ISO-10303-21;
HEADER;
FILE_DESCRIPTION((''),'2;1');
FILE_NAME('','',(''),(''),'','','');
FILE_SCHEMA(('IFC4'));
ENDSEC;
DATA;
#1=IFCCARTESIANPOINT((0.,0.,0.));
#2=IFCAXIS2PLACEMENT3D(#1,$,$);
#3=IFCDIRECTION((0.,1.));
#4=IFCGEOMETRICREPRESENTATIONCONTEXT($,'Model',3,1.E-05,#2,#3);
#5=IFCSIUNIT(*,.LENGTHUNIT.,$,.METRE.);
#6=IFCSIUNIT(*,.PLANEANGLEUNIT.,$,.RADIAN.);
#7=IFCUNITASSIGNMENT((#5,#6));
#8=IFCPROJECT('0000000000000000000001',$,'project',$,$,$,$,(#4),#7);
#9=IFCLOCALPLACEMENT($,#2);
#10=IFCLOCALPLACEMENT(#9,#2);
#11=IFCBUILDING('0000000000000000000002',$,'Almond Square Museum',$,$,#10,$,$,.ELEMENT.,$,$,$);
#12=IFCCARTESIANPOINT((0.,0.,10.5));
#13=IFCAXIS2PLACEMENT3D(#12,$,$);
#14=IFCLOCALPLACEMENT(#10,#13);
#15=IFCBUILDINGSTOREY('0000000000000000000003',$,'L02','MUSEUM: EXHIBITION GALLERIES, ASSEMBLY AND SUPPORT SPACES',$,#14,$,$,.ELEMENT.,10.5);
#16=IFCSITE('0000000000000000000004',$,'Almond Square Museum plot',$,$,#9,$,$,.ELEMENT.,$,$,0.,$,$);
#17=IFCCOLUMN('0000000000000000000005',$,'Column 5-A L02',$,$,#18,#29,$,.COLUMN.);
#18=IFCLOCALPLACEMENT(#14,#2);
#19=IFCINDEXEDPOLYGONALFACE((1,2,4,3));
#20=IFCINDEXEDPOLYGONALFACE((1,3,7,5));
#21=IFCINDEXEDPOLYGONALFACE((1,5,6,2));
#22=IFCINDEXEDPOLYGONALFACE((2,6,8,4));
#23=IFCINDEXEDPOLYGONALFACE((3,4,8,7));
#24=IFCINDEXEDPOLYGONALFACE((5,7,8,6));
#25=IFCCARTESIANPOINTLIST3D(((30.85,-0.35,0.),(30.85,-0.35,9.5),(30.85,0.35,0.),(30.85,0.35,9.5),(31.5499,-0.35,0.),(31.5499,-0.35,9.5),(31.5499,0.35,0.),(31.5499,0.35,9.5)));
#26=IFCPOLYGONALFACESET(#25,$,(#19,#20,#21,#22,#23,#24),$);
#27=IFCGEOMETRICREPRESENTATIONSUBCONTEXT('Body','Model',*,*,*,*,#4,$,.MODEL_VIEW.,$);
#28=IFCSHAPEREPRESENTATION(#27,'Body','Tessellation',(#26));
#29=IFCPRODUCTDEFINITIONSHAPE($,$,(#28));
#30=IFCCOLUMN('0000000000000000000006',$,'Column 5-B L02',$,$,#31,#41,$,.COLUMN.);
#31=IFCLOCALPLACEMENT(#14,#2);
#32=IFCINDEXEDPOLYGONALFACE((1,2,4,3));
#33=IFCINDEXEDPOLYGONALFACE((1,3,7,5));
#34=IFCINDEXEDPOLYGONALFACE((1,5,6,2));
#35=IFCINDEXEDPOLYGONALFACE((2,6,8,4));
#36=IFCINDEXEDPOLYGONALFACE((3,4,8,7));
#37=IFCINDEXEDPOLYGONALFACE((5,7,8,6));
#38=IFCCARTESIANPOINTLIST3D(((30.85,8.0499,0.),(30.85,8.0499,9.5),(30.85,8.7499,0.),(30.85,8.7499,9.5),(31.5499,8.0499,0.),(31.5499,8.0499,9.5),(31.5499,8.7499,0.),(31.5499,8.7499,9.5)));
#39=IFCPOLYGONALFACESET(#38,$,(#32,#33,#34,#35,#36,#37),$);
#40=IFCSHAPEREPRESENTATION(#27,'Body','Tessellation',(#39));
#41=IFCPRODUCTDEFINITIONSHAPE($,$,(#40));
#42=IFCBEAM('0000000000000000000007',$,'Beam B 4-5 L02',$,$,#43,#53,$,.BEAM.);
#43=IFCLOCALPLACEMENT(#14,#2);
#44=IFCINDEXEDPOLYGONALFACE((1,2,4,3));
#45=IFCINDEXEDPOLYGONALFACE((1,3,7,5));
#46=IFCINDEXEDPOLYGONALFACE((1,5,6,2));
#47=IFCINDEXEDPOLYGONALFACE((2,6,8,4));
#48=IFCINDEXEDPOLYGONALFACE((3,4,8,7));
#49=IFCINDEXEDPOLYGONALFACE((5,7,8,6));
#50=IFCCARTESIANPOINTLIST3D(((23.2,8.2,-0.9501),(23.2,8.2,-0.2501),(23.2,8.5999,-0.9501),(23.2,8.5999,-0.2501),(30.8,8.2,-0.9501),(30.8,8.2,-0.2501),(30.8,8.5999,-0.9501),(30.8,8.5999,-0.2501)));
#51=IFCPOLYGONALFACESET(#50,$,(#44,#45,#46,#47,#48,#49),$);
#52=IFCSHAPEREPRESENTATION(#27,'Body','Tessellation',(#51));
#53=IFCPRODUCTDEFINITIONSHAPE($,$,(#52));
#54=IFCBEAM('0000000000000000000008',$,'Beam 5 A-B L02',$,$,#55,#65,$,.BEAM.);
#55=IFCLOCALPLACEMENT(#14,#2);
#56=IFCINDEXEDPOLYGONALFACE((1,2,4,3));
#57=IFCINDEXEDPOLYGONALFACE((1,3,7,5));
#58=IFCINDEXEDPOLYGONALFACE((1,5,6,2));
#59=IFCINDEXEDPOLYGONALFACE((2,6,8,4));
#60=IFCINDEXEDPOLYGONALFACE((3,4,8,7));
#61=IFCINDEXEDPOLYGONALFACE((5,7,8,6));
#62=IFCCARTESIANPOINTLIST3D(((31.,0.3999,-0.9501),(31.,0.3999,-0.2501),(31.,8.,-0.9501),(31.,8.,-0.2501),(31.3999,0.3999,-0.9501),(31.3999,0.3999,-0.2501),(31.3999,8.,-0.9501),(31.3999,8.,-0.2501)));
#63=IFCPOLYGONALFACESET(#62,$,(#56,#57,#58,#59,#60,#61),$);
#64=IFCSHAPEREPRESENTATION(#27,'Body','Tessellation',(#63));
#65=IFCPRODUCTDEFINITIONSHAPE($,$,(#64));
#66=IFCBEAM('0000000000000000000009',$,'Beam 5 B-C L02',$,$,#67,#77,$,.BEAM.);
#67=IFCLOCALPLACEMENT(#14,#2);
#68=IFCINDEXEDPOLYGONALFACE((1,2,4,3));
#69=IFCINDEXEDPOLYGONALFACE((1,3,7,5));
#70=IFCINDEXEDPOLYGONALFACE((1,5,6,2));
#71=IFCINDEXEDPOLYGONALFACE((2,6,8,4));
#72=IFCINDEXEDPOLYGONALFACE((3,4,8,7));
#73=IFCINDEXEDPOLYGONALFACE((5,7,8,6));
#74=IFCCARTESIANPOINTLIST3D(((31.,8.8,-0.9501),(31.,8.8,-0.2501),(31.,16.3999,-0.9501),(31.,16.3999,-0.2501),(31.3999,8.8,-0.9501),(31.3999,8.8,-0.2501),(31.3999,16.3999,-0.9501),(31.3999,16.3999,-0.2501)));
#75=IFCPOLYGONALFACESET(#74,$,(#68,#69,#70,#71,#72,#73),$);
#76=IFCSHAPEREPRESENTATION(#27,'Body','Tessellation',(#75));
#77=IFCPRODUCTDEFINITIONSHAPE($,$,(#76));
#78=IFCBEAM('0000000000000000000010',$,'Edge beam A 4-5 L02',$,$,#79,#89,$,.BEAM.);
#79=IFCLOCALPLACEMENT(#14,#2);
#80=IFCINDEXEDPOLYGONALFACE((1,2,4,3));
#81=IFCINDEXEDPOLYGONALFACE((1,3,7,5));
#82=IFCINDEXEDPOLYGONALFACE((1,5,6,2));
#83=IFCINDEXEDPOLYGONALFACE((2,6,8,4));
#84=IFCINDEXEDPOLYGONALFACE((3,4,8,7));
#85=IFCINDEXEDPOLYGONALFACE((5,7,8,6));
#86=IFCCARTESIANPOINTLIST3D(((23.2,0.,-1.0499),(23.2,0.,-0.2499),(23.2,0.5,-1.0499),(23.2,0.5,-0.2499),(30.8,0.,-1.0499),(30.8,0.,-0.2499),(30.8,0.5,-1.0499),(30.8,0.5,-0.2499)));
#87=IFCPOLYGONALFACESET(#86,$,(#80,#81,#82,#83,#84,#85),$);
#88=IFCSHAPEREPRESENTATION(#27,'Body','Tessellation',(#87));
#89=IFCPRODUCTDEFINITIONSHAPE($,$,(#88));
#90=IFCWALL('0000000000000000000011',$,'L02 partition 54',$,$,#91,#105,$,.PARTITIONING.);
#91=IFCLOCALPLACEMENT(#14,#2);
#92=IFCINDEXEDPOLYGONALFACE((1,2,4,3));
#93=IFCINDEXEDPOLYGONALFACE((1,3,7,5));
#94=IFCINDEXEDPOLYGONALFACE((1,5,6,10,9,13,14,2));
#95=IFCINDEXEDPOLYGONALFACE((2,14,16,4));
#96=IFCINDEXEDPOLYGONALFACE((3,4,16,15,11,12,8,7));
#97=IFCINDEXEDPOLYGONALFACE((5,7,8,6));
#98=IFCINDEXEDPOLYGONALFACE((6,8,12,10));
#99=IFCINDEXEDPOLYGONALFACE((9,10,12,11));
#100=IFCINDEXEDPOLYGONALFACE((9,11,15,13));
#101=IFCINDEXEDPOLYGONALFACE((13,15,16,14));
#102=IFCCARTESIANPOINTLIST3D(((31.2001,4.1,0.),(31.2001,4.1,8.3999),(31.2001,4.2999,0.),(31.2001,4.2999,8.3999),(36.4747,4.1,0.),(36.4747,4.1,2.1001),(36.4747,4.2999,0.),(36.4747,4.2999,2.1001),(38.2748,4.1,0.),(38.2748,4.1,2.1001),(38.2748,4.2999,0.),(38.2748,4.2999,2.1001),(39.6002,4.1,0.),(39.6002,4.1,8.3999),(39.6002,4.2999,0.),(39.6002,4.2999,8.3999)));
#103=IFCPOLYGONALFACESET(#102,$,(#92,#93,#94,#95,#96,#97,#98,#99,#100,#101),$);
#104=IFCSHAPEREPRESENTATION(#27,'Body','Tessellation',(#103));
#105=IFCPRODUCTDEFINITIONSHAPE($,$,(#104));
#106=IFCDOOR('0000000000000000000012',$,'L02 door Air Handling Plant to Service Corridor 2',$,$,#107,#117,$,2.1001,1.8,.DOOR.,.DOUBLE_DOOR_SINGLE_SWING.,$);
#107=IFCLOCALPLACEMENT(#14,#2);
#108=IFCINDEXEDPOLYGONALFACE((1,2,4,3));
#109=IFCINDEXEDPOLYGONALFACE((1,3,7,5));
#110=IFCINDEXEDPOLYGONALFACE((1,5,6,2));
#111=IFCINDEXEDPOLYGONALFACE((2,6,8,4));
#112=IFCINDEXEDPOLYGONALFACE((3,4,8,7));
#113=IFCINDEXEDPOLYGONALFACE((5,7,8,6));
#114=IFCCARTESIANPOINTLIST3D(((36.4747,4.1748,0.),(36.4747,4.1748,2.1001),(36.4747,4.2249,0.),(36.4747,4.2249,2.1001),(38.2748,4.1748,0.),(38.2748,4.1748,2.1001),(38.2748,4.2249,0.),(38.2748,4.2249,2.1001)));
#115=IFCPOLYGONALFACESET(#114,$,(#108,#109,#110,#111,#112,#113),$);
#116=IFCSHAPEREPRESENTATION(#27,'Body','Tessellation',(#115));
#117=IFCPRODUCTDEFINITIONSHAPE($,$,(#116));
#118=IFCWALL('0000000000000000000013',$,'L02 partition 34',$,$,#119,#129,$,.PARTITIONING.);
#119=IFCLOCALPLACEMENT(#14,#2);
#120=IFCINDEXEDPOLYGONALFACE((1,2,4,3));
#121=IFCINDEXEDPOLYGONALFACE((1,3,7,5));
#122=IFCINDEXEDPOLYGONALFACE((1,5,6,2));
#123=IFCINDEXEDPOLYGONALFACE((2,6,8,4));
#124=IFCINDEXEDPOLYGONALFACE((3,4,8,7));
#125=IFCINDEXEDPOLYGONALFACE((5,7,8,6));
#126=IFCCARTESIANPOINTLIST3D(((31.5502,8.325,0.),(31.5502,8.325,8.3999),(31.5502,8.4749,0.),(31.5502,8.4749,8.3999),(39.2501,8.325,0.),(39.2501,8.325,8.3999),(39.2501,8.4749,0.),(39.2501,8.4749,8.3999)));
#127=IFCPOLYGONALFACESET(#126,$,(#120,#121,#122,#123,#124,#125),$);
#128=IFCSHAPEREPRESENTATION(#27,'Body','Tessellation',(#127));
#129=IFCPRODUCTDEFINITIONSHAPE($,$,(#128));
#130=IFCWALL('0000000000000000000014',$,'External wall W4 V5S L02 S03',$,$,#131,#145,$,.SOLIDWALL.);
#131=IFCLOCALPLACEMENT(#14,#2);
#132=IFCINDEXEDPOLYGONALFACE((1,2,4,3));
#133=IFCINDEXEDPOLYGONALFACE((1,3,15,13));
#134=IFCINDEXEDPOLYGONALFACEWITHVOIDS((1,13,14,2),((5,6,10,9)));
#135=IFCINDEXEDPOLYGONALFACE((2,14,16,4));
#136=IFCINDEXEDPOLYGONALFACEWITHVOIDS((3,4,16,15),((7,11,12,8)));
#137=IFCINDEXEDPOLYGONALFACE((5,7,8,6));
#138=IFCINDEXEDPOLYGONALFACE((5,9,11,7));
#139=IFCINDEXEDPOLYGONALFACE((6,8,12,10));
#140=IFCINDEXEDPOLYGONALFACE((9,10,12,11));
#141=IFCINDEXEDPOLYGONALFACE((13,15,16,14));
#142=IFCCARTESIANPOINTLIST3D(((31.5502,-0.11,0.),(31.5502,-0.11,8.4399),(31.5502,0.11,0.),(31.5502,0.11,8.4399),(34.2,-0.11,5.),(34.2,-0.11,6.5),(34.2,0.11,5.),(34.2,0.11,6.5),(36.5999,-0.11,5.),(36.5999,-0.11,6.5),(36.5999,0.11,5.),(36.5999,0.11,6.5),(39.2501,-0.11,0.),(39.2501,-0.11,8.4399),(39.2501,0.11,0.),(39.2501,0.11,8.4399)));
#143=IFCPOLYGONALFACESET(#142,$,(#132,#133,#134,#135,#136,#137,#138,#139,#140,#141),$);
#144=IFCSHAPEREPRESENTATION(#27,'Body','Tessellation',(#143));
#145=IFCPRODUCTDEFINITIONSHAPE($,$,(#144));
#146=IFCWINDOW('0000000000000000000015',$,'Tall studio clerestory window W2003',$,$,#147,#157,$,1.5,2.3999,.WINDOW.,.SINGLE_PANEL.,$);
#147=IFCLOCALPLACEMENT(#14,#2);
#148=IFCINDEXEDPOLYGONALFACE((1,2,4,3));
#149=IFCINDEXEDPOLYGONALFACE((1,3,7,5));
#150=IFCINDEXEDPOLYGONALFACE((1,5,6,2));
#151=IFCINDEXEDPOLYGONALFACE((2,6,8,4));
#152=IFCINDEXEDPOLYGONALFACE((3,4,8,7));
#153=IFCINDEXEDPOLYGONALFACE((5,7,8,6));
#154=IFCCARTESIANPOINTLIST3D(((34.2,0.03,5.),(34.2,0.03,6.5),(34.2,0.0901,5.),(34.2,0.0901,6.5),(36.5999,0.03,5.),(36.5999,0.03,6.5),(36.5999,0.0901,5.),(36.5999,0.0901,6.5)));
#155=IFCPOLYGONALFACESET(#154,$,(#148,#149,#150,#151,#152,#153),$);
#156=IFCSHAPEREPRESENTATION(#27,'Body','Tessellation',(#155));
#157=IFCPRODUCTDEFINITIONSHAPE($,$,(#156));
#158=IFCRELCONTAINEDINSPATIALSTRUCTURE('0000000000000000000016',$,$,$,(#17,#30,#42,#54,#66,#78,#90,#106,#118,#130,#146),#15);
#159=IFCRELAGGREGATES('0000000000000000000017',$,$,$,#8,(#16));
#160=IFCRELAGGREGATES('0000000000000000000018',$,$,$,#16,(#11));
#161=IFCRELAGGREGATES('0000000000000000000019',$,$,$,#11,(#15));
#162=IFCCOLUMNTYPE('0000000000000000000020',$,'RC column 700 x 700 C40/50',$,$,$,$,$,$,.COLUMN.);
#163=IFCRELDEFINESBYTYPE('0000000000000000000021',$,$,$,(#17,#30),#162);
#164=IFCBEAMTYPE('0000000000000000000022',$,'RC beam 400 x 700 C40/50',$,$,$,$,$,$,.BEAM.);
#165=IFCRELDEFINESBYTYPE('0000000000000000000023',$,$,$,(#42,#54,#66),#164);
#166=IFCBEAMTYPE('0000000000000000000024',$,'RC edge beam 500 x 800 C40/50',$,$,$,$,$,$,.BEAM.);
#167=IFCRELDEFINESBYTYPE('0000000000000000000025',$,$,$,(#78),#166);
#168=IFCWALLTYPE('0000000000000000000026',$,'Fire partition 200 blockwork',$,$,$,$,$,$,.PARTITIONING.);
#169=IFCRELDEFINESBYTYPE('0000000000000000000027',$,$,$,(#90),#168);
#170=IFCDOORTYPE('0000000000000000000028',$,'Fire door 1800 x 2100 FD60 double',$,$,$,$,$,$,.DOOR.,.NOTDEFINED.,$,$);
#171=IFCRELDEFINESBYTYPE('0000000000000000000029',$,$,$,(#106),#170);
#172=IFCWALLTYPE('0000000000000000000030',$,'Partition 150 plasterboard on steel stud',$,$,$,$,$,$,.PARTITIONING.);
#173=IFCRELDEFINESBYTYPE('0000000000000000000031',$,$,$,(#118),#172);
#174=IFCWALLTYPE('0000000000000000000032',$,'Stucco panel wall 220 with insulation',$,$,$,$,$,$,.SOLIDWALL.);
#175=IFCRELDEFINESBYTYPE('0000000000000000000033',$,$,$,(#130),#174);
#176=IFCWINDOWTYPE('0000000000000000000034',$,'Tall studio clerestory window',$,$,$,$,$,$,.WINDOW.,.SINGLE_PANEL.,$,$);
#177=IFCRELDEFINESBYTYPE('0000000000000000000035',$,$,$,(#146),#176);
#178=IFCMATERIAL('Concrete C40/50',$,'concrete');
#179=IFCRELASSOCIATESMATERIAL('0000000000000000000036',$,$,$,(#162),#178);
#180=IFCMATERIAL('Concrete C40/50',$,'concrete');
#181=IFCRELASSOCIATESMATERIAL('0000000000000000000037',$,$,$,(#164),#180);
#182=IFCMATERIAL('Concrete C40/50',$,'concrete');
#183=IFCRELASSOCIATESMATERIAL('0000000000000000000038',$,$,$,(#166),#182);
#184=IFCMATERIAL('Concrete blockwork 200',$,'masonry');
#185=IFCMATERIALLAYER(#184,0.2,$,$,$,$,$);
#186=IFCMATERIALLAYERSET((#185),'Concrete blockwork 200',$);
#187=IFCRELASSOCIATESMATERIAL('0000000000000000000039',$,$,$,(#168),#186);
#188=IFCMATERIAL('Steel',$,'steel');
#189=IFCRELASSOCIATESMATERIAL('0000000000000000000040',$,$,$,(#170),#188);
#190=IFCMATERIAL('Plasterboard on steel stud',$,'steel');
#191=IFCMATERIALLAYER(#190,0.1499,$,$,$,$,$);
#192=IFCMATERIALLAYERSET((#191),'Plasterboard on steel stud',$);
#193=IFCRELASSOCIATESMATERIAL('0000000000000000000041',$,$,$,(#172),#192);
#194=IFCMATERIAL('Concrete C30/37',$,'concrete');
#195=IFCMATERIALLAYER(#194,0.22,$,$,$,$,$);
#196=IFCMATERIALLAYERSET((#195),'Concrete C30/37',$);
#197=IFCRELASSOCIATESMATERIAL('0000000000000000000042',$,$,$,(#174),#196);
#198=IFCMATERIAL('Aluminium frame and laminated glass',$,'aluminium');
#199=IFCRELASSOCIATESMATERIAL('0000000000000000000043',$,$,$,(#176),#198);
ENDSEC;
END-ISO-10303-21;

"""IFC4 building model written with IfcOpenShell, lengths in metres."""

from ifc_helpers import new_model, si_unit, direction, frame, frame_2d, origin, origin_2d, place, context, subcontext, project, spatial, rectangle, extrude, material, layer, layer_set, material_profile, profile_set, type_object, element, fill, save


model = new_model("IFC4")

# Units and contexts
model_context = context("Model", 3, precision=1e-05, world=origin(), true_north=direction((0.0, 1.0)))
body_context = subcontext(model_context, "Body", "Model", "MODEL_VIEW")
ifc_project = project(units=[si_unit("LENGTHUNIT", "METRE"), si_unit("PLANEANGLEUNIT", "RADIAN")], contexts=[model_context])

# Site, building, storey
site_placement = place(None, origin())
site = spatial("IfcSite", under=ifc_project, at=site_placement, Name="Almond Square Museum plot", CompositionType="ELEMENT", RefElevation=0.0)
building_placement = place(site_placement, origin())
building = spatial("IfcBuilding", under=site, at=building_placement, Name="Almond Square Museum", CompositionType="ELEMENT")
storey_placement = place(building_placement, frame((0.0, 0.0, 10.5)))
storey = spatial("IfcBuildingStorey", under=building, at=storey_placement, Name="L02", Description="MUSEUM: EXHIBITION GALLERIES, ASSEMBLY AND SUPPORT SPACES", CompositionType="ELEMENT", Elevation=10.5)

# Columns
ifc_material_1 = material(Name="Concrete C40/50", Category="concrete")
ifc_material_profile_1 = material_profile(ifc_material_1, rectangle(XDim=0.7, YDim=0.7, at=origin_2d()))
ifc_profile_set_1 = profile_set([ifc_material_profile_1], Name="Concrete C40/50")
column_type = type_object("IfcColumnType", Name="RC column 700 x 700 C40/50", PredefinedType="COLUMN", material=ifc_profile_set_1)
for number, where, z_axis, x_axis, name in (
    (1, (31.2, 0.0, 0.0), (0.0, 0.0, 1.0), (1.0, 0.0, 0.0), "Column 5-A L02"),
    (2, (31.2, 8.3999, 0.0), (0.0, 0.0, 1.0), (1.0, 0.0, 0.0), "Column 5-B L02"),
):
    element("IfcColumn", number, at=place(storey_placement, frame(where, z_axis=z_axis, x_axis=x_axis)), inside=storey, type_object=column_type, Name=name, PredefinedType="COLUMN", context=body_context, shape_type="SweptSolid", body=[
        extrude(rectangle(XDim=0.7, YDim=0.7, at=origin_2d()), origin(), (0.0, 0.0, 1.0), 9.5),
    ])

# Beams
ifc_material_2 = material(Name="Concrete C40/50", Category="concrete")
ifc_material_profile_2 = material_profile(ifc_material_2, rectangle(XDim=0.3999, YDim=0.7, at=origin_2d()))
ifc_profile_set_2 = profile_set([ifc_material_profile_2], Name="Concrete C40/50")
beam_type_1 = type_object("IfcBeamType", Name="RC beam 400 x 700 C40/50", PredefinedType="BEAM", material=ifc_profile_set_2)
for number, where, z_axis, x_axis, name in (
    (3, (23.2, 8.3999, -0.6001), (1.0, 0.0, 0.0), (0.0, 1.0, 0.0), "Beam B 4-5 L02"),
    (4, (31.2, 0.3999, -0.6001), (0.0, 1.0, 0.0), (-1.0, 0.0, 0.0), "Beam 5 A-B L02"),
):
    element("IfcBeam", number, at=place(storey_placement, frame(where, z_axis=z_axis, x_axis=x_axis)), inside=storey, type_object=beam_type_1, Name=name, PredefinedType="BEAM", context=body_context, shape_type="SweptSolid", body=[
        extrude(rectangle(XDim=0.3999, YDim=0.7, at=origin_2d()), origin(), (0.0, 0.0, 1.0), 7.6001),
    ])
beam_1_placement = place(storey_placement, frame((31.2, 8.8, -0.6001), z_axis=(0.0, 1.0, 0.0), x_axis=(-1.0, 0.0, 0.0)))
element("IfcBeam", 5, at=beam_1_placement, inside=storey, type_object=beam_type_1, Name="Beam 5 B-C L02", PredefinedType="BEAM", context=body_context, shape_type="SweptSolid", body=[
    extrude(rectangle(XDim=0.3999, YDim=0.7, at=origin_2d()), origin(), (0.0, 0.0, 1.0), 7.5999),
])
ifc_material_3 = material(Name="Concrete C40/50", Category="concrete")
ifc_material_profile_3 = material_profile(ifc_material_3, rectangle(XDim=0.5, YDim=0.8, at=origin_2d()))
ifc_profile_set_3 = profile_set([ifc_material_profile_3], Name="Concrete C40/50")
beam_type_2 = type_object("IfcBeamType", Name="RC edge beam 500 x 800 C40/50", PredefinedType="BEAM", material=ifc_profile_set_3)
beam_2_placement = place(storey_placement, frame((23.2, 0.25, -0.6499), z_axis=(1.0, 0.0, 0.0), x_axis=(0.0, 1.0, 0.0)))
element("IfcBeam", 6, at=beam_2_placement, inside=storey, type_object=beam_type_2, Name="Edge beam A 4-5 L02", PredefinedType="BEAM", context=body_context, shape_type="SweptSolid", body=[
    extrude(rectangle(XDim=0.5, YDim=0.8, at=origin_2d()), origin(), (0.0, 0.0, 1.0), 7.6001),
])

# Wall, opening, door
ifc_material_4 = material(Name="Concrete blockwork 200", Category="masonry")
ifc_layer_1 = layer(ifc_material_4, 0.2)
ifc_layer_set_1 = layer_set([ifc_layer_1], Name="Concrete blockwork 200")
wall_type_1 = type_object("IfcWallType", Name="Fire partition 200 blockwork", PredefinedType="PARTITIONING", material=ifc_layer_set_1)
wall_1_placement = place(storey_placement, frame((31.2, 4.2, 0.0), z_axis=(0.0, 0.0, 1.0), x_axis=(1.0, 0.0, 0.0)))
wall_1 = element("IfcWall", 7, at=wall_1_placement, inside=storey, type_object=wall_type_1, Name="L02 partition 54", PredefinedType="PARTITIONING", context=body_context, shape_type="SweptSolid", body=[
    extrude(rectangle(XDim=8.4001, YDim=0.2, at=frame_2d((4.2002, 0.0))), origin(), (0.0, 0.0, 1.0), 8.3999),
])
opening_1_placement = place(wall_1_placement, frame((5.2749, 0.0, 0.0)))
opening_1 = element("IfcOpeningElement", 8, at=opening_1_placement, cuts=wall_1, PredefinedType="OPENING", context=body_context, shape_type="SweptSolid", body=[
    extrude(rectangle(XDim=1.8, YDim=2.1001, at=frame_2d((0.8999, 1.05))), frame((0.0, 0.1099, 0.0), z_axis=(0.0, -1.0, 0.0), x_axis=(1.0, 0.0, 0.0)), (0.0, 0.0, 1.0), 0.22),
])
ifc_material_5 = material(Name="Steel", Category="steel")
door_type = type_object("IfcDoorType", Name="Fire door 1800 x 2100 FD60 double", OperationType="NOTDEFINED", PredefinedType="DOOR", material=ifc_material_5)
door_placement = place(opening_1_placement, origin())
door = element("IfcDoor", 9, at=door_placement, inside=storey, type_object=door_type, Name="L02 door Air Handling Plant to Service Corridor 2", OperationType="DOUBLE_DOOR_SINGLE_SWING", OverallHeight=2.1001, OverallWidth=1.8, PredefinedType="DOOR", context=body_context, shape_type="SweptSolid", body=[
    extrude(rectangle(XDim=1.8, YDim=2.1001, at=frame_2d((0.8999, 1.05))), frame((0.0, 0.0249, 0.0), z_axis=(0.0, -1.0, 0.0), x_axis=(1.0, 0.0, 0.0)), (0.0, 0.0, 1.0), 0.05),
])
fill(opening_1, door)

# Wall
ifc_material_6 = material(Name="Plasterboard on steel stud", Category="steel")
ifc_layer_2 = layer(ifc_material_6, 0.1499)
ifc_layer_set_2 = layer_set([ifc_layer_2], Name="Plasterboard on steel stud")
wall_type_2 = type_object("IfcWallType", Name="Partition 150 plasterboard on steel stud", PredefinedType="PARTITIONING", material=ifc_layer_set_2)
wall_2_placement = place(storey_placement, frame((31.55, 8.3999, 0.0), z_axis=(0.0, 0.0, 1.0), x_axis=(1.0, 0.0, 0.0)))
element("IfcWall", 10, at=wall_2_placement, inside=storey, type_object=wall_type_2, Name="L02 partition 34", PredefinedType="PARTITIONING", context=body_context, shape_type="SweptSolid", body=[
    extrude(rectangle(XDim=7.7, YDim=0.1499, at=frame_2d((3.8501, 0.0))), origin(), (0.0, 0.0, 1.0), 8.3999),
])

# Wall, opening, window
ifc_material_7 = material(Name="Concrete C30/37", Category="concrete")
ifc_layer_3 = layer(ifc_material_7, 0.22)
ifc_layer_set_3 = layer_set([ifc_layer_3], Name="Concrete C30/37")
wall_type_3 = type_object("IfcWallType", Name="Stucco panel wall 220 with insulation", PredefinedType="SOLIDWALL", material=ifc_layer_set_3)
wall_3_placement = place(storey_placement, frame((31.55, 0.0, 0.0), z_axis=(0.0, 0.0, 1.0), x_axis=(1.0, 0.0, 0.0)))
wall_3 = element("IfcWall", 11, at=wall_3_placement, inside=storey, type_object=wall_type_3, Name="External wall W4 V5S L02 S03", PredefinedType="SOLIDWALL", context=body_context, shape_type="SweptSolid", body=[
    extrude(rectangle(XDim=7.7, YDim=0.22, at=frame_2d((3.8501, 0.0))), origin(), (0.0, 0.0, 1.0), 8.4399),
])
opening_2_placement = place(wall_3_placement, frame((2.6499, 0.0, 5.0)))
opening_2 = element("IfcOpeningElement", 12, at=opening_2_placement, cuts=wall_3, PredefinedType="OPENING", context=body_context, shape_type="SweptSolid", body=[
    extrude(rectangle(XDim=2.3999, YDim=1.5, at=frame_2d((1.2, 0.75))), frame((0.0, 0.1199, 0.0), z_axis=(0.0, -1.0, 0.0), x_axis=(1.0, 0.0, 0.0)), (0.0, 0.0, 1.0), 0.24),
])
ifc_material_8 = material(Name="Aluminium frame and laminated glass", Category="aluminium")
window_type = type_object("IfcWindowType", Name="Tall studio clerestory window", PartitioningType="SINGLE_PANEL", PredefinedType="WINDOW", material=ifc_material_8)
window_placement = place(opening_2_placement, origin())
window = element("IfcWindow", 13, at=window_placement, inside=storey, type_object=window_type, Name="Tall studio clerestory window W2003", OverallHeight=1.5, OverallWidth=2.3999, PartitioningType="SINGLE_PANEL", PredefinedType="WINDOW", context=body_context, shape_type="SweptSolid", body=[
    extrude(rectangle(XDim=2.3999, YDim=1.5, at=frame_2d((1.2, 0.75))), frame((0.0, 0.0901, 0.0), z_axis=(0.0, -1.0, 0.0), x_axis=(1.0, 0.0, 0.0)), (0.0, 0.0, 1.0), 0.0601),
])
fill(opening_2, window)

save(model, "model.ifc")
